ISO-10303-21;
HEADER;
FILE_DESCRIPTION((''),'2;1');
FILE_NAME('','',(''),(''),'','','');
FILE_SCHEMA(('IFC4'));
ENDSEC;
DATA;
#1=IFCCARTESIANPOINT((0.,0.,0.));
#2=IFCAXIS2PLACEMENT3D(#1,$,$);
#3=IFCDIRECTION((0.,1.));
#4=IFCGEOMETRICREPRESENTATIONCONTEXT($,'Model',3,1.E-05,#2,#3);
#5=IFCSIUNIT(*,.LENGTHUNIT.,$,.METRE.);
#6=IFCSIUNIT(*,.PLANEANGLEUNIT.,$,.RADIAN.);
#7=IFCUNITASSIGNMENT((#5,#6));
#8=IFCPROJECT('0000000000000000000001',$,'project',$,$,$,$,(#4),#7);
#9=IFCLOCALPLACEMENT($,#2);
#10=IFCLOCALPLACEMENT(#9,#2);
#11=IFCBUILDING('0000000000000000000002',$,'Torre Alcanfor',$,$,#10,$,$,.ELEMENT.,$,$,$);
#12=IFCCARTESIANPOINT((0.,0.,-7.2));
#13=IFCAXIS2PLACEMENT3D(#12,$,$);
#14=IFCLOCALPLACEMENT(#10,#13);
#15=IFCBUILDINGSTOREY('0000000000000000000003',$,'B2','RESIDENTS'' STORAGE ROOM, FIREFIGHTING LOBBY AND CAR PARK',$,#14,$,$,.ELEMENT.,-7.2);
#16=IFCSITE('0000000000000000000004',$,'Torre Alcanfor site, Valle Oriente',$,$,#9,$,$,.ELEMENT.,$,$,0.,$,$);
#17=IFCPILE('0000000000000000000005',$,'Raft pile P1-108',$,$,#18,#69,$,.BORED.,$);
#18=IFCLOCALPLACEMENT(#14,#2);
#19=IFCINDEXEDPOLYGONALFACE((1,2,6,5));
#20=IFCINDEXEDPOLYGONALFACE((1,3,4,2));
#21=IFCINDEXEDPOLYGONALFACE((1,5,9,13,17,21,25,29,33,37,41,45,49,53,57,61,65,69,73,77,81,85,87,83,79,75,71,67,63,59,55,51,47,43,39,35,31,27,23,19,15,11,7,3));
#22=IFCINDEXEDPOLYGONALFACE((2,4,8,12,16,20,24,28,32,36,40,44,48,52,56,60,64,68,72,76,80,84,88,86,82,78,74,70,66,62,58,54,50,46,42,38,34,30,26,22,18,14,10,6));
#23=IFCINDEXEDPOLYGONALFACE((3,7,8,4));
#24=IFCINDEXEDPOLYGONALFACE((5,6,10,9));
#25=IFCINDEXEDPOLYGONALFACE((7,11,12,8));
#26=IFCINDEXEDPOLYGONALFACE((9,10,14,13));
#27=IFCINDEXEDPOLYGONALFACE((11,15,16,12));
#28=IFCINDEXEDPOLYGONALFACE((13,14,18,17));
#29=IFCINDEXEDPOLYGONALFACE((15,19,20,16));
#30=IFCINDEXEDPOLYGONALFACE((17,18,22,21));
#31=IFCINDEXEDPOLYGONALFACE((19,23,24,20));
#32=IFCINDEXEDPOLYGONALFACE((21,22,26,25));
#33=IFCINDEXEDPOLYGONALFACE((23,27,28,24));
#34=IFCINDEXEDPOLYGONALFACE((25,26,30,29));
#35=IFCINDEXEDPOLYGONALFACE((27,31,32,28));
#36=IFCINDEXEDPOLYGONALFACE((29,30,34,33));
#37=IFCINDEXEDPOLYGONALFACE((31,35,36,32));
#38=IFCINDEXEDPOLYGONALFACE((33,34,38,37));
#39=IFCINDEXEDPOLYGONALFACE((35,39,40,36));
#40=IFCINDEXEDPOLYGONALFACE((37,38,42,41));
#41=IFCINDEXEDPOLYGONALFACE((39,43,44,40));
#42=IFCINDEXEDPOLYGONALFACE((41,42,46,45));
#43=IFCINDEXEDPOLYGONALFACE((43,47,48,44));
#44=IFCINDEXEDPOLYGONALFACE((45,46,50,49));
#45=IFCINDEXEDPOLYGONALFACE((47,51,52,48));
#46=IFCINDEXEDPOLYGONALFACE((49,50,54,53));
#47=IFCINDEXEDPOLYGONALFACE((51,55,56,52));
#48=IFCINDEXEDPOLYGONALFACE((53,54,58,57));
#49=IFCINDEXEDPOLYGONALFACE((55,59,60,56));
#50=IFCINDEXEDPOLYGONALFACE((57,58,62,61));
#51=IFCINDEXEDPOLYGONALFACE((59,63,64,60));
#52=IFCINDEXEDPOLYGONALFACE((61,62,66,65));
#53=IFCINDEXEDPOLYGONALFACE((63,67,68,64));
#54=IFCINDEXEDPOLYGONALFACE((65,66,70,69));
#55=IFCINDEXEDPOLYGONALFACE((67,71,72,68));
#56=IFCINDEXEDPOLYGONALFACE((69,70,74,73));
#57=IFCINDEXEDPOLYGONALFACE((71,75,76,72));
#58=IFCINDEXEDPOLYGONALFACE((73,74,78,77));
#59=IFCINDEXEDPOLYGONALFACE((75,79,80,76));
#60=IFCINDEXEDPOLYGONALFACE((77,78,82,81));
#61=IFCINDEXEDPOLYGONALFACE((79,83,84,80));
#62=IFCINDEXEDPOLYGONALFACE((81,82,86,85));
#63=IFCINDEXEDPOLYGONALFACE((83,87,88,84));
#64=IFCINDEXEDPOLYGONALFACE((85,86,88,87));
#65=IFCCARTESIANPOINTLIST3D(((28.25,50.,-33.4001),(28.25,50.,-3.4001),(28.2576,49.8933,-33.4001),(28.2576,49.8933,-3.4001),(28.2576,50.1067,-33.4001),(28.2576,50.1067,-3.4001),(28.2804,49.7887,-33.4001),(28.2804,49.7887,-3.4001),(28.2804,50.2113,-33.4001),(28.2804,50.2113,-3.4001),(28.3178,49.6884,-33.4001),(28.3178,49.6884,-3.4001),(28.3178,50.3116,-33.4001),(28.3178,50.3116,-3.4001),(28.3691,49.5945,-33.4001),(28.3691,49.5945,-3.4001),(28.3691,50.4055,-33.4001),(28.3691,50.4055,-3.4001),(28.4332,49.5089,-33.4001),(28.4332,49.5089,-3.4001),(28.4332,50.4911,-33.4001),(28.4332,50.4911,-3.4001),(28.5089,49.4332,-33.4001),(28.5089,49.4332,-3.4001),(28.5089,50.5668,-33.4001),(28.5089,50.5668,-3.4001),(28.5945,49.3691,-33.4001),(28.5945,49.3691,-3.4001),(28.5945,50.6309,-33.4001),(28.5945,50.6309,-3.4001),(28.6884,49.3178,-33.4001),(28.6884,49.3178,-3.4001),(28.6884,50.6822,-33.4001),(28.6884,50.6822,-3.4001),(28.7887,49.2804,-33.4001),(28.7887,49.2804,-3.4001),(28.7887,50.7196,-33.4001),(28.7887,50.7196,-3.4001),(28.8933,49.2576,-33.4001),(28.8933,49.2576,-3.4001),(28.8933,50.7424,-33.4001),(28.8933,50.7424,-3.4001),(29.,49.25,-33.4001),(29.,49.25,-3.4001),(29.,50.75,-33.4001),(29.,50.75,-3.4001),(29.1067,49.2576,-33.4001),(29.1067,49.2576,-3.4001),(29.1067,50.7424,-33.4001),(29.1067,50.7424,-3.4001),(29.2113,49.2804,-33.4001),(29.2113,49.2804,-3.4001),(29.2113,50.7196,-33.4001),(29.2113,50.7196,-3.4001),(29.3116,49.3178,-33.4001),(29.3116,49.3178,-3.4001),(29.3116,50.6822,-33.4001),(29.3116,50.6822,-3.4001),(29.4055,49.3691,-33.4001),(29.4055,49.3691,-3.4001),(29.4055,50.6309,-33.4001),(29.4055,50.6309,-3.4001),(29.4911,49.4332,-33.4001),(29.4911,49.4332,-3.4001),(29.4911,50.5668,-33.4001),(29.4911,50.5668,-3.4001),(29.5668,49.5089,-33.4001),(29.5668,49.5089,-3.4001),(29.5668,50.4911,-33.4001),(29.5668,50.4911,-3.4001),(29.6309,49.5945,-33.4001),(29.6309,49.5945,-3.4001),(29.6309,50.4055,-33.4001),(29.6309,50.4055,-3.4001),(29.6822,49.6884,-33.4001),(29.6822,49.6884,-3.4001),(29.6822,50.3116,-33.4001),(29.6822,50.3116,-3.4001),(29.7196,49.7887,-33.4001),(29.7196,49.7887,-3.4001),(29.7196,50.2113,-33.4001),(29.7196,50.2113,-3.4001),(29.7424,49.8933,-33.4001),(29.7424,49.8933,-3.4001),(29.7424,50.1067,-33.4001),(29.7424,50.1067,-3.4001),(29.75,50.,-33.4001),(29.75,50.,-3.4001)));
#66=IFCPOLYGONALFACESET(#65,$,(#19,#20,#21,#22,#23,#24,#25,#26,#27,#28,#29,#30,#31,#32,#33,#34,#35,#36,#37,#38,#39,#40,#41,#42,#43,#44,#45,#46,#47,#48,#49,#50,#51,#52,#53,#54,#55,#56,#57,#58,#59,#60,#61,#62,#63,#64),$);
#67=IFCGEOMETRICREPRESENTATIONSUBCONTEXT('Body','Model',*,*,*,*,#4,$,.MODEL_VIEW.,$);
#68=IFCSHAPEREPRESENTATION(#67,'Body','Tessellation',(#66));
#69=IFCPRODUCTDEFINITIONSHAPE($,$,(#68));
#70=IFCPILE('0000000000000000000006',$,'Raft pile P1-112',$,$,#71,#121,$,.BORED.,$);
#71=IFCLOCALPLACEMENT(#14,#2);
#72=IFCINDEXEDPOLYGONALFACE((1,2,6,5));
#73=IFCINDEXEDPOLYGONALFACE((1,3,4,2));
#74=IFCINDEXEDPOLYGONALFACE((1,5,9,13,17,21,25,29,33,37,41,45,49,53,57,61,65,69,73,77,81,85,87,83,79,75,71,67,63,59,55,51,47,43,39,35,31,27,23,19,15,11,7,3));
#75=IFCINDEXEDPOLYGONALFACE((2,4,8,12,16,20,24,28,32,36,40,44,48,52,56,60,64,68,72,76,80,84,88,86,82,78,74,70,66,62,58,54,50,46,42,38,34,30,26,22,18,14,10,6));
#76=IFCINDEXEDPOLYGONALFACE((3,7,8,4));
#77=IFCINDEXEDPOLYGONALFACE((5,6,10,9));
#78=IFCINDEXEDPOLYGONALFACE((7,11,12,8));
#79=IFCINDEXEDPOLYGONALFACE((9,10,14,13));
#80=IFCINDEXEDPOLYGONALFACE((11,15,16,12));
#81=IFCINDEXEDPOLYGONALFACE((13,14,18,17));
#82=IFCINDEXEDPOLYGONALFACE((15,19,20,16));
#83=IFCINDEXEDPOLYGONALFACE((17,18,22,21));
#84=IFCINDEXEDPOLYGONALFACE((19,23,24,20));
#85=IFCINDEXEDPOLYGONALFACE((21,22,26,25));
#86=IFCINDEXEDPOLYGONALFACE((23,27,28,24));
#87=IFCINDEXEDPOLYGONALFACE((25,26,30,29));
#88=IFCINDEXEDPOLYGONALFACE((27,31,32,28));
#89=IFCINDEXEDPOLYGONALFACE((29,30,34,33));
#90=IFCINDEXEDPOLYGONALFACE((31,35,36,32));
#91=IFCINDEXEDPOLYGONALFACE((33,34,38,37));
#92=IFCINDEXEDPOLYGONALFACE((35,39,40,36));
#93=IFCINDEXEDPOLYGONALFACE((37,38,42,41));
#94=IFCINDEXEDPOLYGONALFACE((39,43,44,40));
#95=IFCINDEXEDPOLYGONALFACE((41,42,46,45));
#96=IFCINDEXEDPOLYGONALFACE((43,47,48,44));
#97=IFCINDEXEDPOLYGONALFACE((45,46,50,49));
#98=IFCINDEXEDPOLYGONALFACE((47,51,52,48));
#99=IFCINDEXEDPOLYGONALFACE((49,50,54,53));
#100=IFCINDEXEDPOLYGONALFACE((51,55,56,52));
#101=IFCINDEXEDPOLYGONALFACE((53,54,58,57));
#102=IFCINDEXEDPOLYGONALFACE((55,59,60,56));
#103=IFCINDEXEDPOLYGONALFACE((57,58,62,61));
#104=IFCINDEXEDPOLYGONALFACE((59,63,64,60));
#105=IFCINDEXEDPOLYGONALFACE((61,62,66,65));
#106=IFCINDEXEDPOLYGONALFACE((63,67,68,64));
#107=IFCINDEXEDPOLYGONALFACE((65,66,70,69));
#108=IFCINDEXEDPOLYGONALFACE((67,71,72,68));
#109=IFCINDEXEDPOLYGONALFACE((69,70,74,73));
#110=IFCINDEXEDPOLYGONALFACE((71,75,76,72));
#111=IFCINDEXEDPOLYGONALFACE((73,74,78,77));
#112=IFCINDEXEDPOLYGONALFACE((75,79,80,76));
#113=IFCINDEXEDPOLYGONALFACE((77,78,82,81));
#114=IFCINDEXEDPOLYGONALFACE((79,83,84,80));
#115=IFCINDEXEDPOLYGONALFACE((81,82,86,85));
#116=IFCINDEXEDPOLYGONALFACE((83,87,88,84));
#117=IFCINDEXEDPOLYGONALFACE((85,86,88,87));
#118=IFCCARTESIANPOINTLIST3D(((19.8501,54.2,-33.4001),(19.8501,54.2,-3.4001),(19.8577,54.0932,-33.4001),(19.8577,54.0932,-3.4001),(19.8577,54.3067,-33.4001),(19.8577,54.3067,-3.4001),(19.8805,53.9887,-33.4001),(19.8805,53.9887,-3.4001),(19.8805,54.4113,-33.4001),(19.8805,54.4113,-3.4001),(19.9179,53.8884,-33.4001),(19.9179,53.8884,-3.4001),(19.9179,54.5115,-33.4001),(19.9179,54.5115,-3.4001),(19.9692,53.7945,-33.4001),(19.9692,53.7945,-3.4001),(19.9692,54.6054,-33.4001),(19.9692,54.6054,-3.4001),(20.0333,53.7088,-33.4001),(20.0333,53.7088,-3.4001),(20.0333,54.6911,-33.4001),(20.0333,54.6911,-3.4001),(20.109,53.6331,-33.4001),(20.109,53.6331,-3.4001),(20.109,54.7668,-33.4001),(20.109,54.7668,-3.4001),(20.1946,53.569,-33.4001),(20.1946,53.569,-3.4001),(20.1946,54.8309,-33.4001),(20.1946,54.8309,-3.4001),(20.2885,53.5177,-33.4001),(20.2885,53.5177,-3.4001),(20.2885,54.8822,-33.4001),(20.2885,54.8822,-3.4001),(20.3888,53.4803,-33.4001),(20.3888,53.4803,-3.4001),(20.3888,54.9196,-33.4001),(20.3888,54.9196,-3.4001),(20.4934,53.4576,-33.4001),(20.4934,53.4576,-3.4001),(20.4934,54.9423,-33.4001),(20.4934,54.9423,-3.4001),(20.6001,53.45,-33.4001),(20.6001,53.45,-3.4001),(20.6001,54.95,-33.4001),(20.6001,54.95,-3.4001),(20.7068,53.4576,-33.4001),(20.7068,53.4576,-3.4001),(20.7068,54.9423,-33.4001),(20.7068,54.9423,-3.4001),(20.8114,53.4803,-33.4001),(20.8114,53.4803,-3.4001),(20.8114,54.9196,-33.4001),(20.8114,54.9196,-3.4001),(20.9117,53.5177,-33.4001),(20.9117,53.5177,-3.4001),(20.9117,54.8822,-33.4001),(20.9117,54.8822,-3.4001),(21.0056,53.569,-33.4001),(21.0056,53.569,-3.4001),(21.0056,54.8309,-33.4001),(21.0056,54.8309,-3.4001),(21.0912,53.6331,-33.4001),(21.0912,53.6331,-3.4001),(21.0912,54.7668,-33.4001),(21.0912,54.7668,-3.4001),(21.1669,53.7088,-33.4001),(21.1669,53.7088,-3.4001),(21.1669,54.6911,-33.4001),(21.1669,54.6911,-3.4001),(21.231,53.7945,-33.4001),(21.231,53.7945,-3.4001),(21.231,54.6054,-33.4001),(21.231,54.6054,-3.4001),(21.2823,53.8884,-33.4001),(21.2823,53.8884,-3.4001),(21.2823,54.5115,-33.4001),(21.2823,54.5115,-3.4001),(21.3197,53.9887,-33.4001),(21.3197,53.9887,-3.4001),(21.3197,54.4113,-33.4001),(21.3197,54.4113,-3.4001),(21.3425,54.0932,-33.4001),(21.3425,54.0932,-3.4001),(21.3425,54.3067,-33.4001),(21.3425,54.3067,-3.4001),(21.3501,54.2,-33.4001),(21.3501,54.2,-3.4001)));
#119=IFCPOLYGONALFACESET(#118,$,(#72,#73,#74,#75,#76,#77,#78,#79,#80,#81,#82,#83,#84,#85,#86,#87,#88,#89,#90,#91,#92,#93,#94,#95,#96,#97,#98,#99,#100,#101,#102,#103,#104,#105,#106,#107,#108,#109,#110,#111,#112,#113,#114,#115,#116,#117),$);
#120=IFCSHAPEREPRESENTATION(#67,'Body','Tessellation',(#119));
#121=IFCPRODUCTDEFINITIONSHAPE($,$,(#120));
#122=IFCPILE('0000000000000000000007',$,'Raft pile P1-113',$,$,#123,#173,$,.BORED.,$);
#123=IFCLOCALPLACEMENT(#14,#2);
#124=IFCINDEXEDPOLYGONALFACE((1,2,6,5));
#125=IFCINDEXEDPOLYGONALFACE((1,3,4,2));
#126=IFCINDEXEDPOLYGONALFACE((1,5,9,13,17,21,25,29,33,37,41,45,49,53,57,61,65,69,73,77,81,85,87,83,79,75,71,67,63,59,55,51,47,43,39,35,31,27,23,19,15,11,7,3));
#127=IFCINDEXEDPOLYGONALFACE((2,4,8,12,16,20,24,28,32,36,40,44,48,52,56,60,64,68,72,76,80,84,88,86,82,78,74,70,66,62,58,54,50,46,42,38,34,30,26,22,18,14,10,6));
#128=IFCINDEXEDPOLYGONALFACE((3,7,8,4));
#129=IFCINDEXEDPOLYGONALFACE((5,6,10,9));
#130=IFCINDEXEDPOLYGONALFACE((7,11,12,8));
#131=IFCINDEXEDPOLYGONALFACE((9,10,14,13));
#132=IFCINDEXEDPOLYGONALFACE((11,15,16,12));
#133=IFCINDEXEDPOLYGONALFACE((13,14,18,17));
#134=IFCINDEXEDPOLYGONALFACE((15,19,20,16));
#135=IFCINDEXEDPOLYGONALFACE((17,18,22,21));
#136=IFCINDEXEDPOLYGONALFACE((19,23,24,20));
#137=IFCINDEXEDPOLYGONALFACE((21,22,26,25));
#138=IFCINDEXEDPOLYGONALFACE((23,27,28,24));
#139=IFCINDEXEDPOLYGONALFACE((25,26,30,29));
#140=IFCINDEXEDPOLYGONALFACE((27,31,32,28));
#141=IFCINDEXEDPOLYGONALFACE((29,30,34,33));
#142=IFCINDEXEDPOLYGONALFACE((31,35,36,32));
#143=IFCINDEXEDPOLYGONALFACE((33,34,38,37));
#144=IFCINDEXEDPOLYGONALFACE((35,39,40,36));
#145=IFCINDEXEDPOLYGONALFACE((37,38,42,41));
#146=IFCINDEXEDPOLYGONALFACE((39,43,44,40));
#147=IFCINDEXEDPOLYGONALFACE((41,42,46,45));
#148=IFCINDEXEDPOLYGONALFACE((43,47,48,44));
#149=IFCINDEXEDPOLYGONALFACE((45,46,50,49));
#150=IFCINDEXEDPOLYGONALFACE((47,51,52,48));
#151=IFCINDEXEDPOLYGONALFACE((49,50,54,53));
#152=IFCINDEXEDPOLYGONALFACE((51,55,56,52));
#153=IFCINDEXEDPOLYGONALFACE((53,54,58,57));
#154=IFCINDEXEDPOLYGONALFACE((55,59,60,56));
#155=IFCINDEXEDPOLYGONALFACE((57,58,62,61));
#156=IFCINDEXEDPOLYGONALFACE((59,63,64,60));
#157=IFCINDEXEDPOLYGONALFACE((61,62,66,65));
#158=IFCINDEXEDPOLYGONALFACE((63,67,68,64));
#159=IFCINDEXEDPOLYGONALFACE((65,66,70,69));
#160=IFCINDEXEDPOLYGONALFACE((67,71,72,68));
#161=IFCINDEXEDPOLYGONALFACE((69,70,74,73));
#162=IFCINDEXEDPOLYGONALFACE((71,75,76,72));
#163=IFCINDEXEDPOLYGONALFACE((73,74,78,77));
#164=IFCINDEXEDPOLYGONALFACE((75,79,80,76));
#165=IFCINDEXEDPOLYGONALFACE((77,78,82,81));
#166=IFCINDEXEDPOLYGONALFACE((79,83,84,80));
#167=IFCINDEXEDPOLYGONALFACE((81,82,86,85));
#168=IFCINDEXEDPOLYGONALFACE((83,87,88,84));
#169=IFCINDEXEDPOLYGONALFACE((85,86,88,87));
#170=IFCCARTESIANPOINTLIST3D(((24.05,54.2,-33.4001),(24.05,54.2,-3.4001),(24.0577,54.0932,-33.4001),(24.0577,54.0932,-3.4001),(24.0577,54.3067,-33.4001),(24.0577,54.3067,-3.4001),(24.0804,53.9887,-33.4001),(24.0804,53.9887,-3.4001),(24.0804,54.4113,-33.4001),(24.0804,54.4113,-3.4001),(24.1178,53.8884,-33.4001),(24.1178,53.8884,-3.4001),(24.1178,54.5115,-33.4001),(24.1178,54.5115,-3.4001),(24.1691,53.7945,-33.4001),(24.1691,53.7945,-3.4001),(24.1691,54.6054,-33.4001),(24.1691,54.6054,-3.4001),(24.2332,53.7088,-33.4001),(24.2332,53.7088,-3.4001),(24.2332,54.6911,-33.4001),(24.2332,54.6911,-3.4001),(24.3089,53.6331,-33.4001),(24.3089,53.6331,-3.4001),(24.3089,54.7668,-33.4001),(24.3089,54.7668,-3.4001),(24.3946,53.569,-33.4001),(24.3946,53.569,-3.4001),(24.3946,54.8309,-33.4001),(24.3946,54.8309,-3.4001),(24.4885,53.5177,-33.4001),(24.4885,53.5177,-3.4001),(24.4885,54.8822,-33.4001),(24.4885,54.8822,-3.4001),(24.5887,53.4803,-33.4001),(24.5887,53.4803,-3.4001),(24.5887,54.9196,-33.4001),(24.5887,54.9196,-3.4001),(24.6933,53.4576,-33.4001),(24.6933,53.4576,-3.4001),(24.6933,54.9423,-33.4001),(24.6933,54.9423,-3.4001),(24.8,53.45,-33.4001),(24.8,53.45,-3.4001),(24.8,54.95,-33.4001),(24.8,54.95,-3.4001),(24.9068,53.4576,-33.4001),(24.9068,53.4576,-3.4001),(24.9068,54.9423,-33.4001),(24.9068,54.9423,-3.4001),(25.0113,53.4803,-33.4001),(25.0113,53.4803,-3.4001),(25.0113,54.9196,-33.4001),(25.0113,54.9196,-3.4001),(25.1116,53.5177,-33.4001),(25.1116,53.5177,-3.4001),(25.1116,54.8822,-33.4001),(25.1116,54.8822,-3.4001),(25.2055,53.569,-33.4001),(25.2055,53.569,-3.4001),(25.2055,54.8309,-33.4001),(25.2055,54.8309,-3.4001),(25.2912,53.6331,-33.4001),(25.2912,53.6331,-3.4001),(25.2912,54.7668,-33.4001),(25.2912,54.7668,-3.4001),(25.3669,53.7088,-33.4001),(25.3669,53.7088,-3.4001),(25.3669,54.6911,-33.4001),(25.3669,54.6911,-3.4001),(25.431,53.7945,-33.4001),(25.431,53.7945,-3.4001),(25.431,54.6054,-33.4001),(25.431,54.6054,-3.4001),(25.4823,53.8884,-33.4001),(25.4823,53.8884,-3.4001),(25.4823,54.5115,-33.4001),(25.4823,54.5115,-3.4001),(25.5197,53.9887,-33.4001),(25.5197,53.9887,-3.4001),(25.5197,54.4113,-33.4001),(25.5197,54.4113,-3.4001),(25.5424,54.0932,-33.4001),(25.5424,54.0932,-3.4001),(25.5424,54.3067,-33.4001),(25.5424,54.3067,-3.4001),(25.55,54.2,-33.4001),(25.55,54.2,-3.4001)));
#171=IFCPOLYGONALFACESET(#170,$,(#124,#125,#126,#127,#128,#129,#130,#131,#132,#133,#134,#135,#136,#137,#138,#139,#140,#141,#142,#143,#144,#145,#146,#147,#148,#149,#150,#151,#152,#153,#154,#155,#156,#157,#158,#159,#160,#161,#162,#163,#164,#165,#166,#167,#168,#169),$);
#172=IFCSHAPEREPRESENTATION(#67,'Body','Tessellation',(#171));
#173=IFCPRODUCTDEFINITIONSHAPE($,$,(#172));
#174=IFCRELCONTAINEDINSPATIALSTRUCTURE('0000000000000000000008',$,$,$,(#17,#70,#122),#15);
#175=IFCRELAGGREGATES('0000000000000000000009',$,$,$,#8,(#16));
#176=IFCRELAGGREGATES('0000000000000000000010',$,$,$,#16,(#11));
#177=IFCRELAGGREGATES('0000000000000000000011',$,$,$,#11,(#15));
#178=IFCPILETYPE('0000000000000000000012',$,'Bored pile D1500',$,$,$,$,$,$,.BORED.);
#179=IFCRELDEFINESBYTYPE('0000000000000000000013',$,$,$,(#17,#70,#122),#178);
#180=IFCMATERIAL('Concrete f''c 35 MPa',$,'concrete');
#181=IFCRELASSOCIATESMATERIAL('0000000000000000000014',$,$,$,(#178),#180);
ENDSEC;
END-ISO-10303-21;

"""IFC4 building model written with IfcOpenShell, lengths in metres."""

from ifc_helpers import new_model, si_unit, direction, frame, origin, origin_2d, place, context, subcontext, project, spatial, circle, extrude, material, material_profile, profile_set, type_object, element, save


model = new_model("IFC4")

# Units and contexts
model_context = context("Model", 3, precision=1e-05, world=origin(), true_north=direction((0.0, 1.0)))
body_context = subcontext(model_context, "Body", "Model", "MODEL_VIEW")
ifc_project = project(units=[si_unit("LENGTHUNIT", "METRE"), si_unit("PLANEANGLEUNIT", "RADIAN")], contexts=[model_context])

# Site, building, storey
site_placement = place(None, origin())
site = spatial("IfcSite", under=ifc_project, at=site_placement, Name="Torre Alcanfor site, Valle Oriente", CompositionType="ELEMENT", RefElevation=0.0)
building_placement = place(site_placement, origin())
building = spatial("IfcBuilding", under=site, at=building_placement, Name="Torre Alcanfor", CompositionType="ELEMENT")
storey_placement = place(building_placement, frame((0.0, 0.0, -7.2)))
storey = spatial("IfcBuildingStorey", under=building, at=storey_placement, Name="B2", Description="RESIDENTS' STORAGE ROOM, FIREFIGHTING LOBBY AND CAR PARK", CompositionType="ELEMENT", Elevation=-7.2)

# Piles
ifc_material_1 = material(Name="Concrete f'c 35 MPa", Category="concrete")
ifc_material_profile_1 = material_profile(ifc_material_1, circle(Radius=0.75, at=origin_2d()), Name="D1500")
ifc_profile_set_1 = profile_set([ifc_material_profile_1], Name="Concrete f'c 35 MPa")
pile_type_1 = type_object("IfcPileType", Name="Bored pile D1500", PredefinedType="BORED", material=ifc_profile_set_1)
for number, where, z_axis, x_axis, name in (
    (1, (29.0, 50.0, -3.4001), (0.0, 0.0, -1.0), (1.0, 0.0, 0.0), "Raft pile P1-108"),
    (2, (20.6001, 54.2, -3.4001), (0.0, 0.0, -1.0), (1.0, 0.0, 0.0), "Raft pile P1-112"),
    (3, (24.8, 54.2, -3.4001), (0.0, 0.0, -1.0), (1.0, 0.0, 0.0), "Raft pile P1-113"),
):
    element("IfcPile", number, at=place(storey_placement, frame(where, z_axis=z_axis, x_axis=x_axis)), inside=storey, type_object=pile_type_1, Name=name, PredefinedType="BORED", context=body_context, shape_type="SweptSolid", body=[
        extrude(circle(Radius=0.75, at=origin_2d()), origin(), (0.0, 0.0, 1.0), 30.0),
    ])

save(model, "model.ifc")
